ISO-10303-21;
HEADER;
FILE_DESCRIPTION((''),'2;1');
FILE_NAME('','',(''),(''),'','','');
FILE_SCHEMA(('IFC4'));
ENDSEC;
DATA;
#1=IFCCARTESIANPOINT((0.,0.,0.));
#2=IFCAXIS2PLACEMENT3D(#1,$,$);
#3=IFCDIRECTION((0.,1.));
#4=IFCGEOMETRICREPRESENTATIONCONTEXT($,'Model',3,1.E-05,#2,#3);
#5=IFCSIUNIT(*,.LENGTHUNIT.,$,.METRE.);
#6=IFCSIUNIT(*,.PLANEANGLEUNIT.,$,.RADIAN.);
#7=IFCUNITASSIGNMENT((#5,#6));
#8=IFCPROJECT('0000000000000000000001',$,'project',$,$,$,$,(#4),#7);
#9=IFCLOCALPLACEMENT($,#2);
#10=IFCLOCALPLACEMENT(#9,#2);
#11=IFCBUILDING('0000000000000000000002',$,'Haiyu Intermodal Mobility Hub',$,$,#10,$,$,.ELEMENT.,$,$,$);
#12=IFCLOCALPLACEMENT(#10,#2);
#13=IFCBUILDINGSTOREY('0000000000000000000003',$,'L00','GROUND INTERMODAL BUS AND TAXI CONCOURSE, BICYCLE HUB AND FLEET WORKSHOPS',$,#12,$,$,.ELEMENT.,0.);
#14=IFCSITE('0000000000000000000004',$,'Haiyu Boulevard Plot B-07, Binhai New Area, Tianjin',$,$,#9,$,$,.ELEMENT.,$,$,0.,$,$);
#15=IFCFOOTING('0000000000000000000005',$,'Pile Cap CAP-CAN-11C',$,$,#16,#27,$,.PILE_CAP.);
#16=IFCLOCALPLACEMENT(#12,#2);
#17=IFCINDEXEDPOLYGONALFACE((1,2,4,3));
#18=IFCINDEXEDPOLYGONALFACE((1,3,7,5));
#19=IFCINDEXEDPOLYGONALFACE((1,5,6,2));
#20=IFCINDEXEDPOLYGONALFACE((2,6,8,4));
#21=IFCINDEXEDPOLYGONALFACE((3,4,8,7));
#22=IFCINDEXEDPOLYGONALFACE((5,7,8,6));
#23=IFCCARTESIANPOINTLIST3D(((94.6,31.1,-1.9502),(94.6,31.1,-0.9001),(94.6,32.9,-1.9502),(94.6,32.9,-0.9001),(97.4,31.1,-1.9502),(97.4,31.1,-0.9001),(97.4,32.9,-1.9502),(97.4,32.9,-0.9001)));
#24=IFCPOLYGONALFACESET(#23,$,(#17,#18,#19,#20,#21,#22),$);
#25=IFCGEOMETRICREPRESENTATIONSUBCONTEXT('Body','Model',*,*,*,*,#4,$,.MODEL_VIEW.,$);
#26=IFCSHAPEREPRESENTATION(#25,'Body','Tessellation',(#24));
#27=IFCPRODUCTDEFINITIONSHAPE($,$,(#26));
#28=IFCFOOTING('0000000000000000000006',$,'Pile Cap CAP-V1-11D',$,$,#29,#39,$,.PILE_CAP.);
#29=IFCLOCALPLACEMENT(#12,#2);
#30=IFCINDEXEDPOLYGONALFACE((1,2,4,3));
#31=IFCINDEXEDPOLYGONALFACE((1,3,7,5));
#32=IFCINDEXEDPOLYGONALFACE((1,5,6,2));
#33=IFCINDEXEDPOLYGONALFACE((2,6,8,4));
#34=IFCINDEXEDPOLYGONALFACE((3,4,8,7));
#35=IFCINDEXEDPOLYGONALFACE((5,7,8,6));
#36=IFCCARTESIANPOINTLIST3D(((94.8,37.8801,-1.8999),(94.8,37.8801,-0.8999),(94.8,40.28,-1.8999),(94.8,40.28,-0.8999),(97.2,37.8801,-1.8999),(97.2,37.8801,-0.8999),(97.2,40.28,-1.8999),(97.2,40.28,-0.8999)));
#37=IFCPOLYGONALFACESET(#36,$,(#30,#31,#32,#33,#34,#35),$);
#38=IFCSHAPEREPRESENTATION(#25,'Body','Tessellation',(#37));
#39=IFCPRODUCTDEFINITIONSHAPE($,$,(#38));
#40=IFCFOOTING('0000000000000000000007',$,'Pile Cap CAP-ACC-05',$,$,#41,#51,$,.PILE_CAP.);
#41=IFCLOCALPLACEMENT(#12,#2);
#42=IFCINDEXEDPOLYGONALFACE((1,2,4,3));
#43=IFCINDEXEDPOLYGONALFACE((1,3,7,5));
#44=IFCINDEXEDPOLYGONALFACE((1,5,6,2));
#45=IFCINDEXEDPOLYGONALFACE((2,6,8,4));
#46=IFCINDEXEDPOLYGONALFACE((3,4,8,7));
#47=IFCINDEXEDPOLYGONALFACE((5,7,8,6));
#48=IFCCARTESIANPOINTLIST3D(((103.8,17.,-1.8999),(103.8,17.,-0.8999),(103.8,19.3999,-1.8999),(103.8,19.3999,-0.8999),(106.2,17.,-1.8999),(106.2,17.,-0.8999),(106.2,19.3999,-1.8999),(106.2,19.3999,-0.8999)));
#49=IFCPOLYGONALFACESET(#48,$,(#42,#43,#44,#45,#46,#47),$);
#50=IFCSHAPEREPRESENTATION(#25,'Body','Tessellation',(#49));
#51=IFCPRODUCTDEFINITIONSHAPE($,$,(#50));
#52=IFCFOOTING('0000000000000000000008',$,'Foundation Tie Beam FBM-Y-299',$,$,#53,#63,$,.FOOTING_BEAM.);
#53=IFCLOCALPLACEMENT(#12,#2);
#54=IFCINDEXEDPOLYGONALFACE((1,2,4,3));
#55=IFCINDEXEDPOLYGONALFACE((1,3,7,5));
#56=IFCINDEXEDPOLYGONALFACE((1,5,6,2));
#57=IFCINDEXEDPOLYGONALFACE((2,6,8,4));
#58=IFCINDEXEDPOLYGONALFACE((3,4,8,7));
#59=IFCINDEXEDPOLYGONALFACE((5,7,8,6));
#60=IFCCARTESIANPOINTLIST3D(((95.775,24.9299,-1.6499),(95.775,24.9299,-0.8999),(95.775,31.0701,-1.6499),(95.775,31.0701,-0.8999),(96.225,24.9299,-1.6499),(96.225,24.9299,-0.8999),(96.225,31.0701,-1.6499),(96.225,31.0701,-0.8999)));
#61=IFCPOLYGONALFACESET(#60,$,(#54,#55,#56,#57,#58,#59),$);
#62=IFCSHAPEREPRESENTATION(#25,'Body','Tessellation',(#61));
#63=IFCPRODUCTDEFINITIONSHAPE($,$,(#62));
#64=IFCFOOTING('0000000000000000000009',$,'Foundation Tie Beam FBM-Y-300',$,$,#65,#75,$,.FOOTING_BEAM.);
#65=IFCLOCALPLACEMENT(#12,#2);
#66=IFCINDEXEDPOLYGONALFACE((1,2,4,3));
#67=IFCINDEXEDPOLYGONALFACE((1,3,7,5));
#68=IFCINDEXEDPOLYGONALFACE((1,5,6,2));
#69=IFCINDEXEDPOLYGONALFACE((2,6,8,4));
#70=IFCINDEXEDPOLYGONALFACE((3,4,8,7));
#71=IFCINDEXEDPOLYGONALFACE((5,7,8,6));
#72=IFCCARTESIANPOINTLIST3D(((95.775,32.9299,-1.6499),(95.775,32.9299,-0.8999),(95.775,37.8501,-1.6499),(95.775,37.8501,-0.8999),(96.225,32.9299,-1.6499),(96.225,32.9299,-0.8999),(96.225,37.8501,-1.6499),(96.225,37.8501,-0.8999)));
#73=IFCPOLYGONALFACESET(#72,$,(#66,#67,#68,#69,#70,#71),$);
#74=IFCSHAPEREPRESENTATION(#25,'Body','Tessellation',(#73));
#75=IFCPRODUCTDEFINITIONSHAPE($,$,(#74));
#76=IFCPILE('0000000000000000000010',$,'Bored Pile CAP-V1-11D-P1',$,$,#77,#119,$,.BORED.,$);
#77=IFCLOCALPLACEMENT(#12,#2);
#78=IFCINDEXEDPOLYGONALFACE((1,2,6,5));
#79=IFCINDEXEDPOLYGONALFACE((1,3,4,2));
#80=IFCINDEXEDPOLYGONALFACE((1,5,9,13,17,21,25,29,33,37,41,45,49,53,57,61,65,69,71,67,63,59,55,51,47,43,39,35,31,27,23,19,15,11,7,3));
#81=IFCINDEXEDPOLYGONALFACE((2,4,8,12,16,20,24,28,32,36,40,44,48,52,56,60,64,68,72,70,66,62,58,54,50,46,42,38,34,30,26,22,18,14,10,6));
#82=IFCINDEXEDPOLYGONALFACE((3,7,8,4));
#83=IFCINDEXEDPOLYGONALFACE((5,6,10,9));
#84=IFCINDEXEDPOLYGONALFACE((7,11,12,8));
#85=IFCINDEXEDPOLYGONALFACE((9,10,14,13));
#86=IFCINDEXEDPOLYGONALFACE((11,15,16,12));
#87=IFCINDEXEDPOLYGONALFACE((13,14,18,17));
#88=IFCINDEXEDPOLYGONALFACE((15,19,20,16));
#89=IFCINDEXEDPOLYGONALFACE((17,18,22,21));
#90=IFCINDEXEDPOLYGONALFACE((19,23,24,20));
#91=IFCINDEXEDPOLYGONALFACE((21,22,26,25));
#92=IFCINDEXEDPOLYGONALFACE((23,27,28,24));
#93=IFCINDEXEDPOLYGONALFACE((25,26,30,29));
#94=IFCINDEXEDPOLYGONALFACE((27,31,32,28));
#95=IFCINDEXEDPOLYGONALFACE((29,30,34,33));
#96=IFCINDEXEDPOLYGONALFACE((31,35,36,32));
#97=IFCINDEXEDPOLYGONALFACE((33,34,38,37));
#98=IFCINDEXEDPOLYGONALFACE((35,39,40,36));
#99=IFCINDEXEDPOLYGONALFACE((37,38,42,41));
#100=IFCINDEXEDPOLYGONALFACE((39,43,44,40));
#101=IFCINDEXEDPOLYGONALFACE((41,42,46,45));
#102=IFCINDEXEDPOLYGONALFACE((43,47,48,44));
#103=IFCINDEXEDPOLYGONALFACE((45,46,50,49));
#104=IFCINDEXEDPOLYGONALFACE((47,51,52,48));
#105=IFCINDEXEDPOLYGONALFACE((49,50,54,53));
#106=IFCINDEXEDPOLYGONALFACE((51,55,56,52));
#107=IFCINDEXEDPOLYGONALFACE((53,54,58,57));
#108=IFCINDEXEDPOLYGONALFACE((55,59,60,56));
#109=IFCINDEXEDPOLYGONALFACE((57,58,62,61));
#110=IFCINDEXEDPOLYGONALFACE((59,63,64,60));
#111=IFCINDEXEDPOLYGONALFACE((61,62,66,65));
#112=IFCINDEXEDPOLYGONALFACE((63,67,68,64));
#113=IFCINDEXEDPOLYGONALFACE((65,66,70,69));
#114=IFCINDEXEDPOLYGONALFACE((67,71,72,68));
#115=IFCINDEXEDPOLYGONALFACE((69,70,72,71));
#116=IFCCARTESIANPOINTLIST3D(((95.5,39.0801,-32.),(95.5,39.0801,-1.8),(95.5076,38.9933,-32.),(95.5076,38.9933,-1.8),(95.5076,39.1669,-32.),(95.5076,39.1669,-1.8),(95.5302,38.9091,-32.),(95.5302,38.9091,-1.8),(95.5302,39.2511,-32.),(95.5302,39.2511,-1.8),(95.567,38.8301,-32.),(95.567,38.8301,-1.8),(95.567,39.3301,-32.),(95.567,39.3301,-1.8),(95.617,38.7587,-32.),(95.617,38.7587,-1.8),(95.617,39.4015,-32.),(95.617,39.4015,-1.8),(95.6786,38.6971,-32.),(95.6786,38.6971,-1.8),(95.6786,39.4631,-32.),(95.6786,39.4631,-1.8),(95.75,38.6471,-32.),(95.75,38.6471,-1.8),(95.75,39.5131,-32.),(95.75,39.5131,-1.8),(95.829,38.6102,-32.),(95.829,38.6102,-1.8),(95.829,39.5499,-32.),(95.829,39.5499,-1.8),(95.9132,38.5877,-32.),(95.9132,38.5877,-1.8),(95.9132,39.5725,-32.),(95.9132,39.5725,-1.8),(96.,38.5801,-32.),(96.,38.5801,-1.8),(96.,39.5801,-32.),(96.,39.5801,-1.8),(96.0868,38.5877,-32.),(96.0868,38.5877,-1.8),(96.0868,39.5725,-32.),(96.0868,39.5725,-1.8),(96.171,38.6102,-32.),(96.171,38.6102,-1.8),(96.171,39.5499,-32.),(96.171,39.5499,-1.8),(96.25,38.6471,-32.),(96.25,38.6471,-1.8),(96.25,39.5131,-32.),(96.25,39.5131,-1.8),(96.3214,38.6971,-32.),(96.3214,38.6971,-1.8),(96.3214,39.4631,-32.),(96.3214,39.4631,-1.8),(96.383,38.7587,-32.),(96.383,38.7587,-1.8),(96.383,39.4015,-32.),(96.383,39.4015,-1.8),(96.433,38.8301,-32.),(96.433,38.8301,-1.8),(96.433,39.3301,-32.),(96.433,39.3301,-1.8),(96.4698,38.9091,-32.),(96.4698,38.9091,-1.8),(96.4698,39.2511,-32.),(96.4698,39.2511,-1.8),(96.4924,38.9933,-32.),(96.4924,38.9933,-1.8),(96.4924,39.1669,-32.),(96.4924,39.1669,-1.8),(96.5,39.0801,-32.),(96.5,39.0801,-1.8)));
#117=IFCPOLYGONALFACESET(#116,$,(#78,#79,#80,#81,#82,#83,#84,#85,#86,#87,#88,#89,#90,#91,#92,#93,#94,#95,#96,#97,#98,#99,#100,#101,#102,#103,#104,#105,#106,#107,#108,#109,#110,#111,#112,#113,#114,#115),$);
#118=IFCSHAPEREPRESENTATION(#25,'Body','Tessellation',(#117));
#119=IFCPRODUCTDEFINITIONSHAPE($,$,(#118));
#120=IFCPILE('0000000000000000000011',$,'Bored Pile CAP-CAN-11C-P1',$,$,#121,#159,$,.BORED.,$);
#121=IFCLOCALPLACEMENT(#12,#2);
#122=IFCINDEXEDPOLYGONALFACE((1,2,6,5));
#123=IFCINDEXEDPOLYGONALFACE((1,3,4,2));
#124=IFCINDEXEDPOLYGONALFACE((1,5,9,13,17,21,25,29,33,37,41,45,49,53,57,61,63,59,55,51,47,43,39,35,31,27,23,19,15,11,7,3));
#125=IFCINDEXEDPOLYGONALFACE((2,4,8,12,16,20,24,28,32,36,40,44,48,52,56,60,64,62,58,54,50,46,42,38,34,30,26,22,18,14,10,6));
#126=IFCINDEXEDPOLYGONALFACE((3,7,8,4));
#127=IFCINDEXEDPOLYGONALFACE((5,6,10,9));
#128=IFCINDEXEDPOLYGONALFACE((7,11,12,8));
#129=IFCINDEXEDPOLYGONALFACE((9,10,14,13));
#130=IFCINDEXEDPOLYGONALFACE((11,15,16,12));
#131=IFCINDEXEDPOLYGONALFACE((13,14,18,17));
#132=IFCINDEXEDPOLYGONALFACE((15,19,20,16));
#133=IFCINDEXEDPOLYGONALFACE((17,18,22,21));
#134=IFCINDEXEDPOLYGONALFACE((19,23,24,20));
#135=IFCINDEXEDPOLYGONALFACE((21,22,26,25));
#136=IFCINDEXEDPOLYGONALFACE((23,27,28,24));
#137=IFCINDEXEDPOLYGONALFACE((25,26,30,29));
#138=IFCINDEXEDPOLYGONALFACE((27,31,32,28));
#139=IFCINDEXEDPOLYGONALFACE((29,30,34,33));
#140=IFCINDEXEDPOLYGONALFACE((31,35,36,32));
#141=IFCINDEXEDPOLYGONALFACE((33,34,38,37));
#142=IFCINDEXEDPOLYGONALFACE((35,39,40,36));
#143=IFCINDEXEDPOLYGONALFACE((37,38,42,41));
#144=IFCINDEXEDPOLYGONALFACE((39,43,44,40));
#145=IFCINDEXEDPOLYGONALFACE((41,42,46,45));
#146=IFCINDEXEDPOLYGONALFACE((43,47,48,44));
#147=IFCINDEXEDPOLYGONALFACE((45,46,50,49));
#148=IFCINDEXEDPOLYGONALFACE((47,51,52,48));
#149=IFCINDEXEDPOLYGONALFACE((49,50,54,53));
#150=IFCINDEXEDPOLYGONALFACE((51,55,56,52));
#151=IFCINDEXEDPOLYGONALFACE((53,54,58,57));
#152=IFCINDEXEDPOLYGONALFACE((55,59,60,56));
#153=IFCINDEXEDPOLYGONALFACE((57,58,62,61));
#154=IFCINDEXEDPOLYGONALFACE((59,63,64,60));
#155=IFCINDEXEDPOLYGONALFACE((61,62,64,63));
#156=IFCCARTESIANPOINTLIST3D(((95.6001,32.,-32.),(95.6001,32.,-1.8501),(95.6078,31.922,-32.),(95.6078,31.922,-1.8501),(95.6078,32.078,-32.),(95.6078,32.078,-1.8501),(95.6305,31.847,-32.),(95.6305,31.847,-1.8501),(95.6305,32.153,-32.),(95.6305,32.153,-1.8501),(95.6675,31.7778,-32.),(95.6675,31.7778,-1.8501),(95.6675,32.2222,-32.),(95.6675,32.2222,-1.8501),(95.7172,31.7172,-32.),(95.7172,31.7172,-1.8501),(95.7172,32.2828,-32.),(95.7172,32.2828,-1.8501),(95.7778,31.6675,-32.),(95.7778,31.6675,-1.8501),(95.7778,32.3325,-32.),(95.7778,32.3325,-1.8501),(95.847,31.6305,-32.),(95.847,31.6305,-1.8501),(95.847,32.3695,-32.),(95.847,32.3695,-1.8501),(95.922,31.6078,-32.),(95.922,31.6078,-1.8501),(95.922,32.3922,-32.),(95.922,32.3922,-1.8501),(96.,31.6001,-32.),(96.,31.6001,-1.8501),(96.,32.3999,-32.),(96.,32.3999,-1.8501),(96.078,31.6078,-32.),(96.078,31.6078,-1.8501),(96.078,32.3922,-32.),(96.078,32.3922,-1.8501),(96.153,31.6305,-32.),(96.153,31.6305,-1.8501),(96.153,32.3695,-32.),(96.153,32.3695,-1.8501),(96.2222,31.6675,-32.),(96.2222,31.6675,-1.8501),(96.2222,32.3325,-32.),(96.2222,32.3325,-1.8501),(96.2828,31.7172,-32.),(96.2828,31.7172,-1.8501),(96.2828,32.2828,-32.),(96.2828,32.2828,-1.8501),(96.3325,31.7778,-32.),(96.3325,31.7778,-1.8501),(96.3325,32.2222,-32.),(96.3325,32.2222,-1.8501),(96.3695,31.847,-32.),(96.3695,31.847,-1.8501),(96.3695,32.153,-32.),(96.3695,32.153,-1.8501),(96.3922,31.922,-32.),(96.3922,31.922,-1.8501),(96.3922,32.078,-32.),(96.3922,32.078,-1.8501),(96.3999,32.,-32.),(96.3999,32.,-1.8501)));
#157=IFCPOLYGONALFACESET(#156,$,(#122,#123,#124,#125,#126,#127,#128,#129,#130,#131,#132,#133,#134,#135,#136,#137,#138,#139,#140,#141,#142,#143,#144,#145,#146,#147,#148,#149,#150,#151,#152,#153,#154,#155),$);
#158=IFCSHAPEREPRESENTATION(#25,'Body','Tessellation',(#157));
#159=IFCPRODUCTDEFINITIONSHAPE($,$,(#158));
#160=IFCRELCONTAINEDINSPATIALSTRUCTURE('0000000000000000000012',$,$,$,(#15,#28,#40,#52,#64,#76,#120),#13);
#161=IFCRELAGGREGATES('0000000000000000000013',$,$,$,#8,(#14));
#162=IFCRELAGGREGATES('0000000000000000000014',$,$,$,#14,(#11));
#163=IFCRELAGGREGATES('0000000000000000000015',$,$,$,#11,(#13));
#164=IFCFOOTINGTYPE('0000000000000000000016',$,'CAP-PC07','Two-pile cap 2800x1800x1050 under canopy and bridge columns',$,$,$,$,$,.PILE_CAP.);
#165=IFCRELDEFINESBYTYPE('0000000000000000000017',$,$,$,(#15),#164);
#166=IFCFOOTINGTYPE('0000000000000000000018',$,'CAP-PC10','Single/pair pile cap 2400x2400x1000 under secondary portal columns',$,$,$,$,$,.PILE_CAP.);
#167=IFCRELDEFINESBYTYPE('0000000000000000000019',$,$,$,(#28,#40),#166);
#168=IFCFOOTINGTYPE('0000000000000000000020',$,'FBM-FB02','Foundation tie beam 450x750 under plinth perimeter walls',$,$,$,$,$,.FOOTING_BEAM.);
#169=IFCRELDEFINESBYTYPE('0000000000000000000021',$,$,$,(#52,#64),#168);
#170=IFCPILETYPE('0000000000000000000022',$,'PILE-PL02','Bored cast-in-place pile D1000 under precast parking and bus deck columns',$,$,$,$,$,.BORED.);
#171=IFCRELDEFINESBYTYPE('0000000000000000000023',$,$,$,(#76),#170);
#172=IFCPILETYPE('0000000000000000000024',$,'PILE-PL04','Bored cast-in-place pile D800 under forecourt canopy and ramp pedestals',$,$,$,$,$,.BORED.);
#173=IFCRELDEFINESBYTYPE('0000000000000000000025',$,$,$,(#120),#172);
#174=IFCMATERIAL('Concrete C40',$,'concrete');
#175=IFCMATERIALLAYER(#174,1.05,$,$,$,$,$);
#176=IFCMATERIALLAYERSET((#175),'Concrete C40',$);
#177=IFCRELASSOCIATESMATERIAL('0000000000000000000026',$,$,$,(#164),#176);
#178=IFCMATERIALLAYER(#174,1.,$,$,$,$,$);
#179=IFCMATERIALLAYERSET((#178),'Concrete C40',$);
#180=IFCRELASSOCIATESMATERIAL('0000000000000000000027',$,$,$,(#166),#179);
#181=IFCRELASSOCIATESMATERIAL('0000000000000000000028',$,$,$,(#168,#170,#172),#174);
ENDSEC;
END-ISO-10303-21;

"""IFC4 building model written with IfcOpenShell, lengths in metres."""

from ifc_helpers import new_model, si_unit, direction, frame, origin, origin_2d, place, context, subcontext, project, spatial, rectangle, circle, extrude, material, layer, layer_set, material_profile, profile_set, type_object, element, save


model = new_model("IFC4")

# Units and contexts
model_context = context("Model", 3, precision=1e-05, world=origin(), true_north=direction((0.0, 1.0)))
body_context = subcontext(model_context, "Body", "Model", "MODEL_VIEW")
ifc_project = project(units=[si_unit("LENGTHUNIT", "METRE"), si_unit("PLANEANGLEUNIT", "RADIAN")], contexts=[model_context])

# Site, building, storey
site_placement = place(None, origin())
site = spatial("IfcSite", under=ifc_project, at=site_placement, Name="Haiyu Boulevard Plot B-07, Binhai New Area, Tianjin", CompositionType="ELEMENT", RefElevation=0.0)
building_placement = place(site_placement, origin())
building = spatial("IfcBuilding", under=site, at=building_placement, Name="Haiyu Intermodal Mobility Hub", CompositionType="ELEMENT")
storey_placement = place(building_placement, origin())
storey = spatial("IfcBuildingStorey", under=building, at=storey_placement, Name="L00", Description="GROUND INTERMODAL BUS AND TAXI CONCOURSE, BICYCLE HUB AND FLEET WORKSHOPS", CompositionType="ELEMENT", Elevation=0.0)

# Footings
ifc_material_1 = material(Name="Concrete C40", Category="concrete")
ifc_layer_1 = layer(ifc_material_1, 1.05)
ifc_layer_set_1 = layer_set([ifc_layer_1], Name="Concrete C40")
footing_type_1 = type_object("IfcFootingType", Name="CAP-PC07", Description="Two-pile cap 2800x1800x1050 under canopy and bridge columns", PredefinedType="PILE_CAP", material=ifc_layer_set_1)
footing_1_placement = place(storey_placement, frame((96.0, 32.0, -1.9502), z_axis=(0.0, 0.0, 1.0), x_axis=(1.0, 0.0, 0.0)))
element("IfcFooting", 1, at=footing_1_placement, inside=storey, type_object=footing_type_1, Name="Pile Cap CAP-CAN-11C", PredefinedType="PILE_CAP", context=body_context, shape_type="SweptSolid", body=[
    extrude(rectangle(XDim=2.8, YDim=1.8, at=origin_2d()), origin(), (0.0, 0.0, 1.0), 1.05),
])
ifc_layer_2 = layer(ifc_material_1, 1.0)
ifc_layer_set_2 = layer_set([ifc_layer_2], Name="Concrete C40")
footing_type_2 = type_object("IfcFootingType", Name="CAP-PC10", Description="Single/pair pile cap 2400x2400x1000 under secondary portal columns", PredefinedType="PILE_CAP", material=ifc_layer_set_2)
for number, where, z_axis, x_axis, name in (
    (2, (96.0, 39.0801, -1.8999), (0.0, 0.0, 1.0), (1.0, 0.0, 0.0), "Pile Cap CAP-V1-11D"),
    (3, (105.0, 18.2, -1.8999), (0.0, 0.0, 1.0), (1.0, 0.0, 0.0), "Pile Cap CAP-ACC-05"),
):
    element("IfcFooting", number, at=place(storey_placement, frame(where, z_axis=z_axis, x_axis=x_axis)), inside=storey, type_object=footing_type_2, Name=name, PredefinedType="PILE_CAP", context=body_context, shape_type="SweptSolid", body=[
        extrude(rectangle(XDim=2.3999, YDim=2.3999, at=origin_2d()), origin(), (0.0, 0.0, 1.0), 1.0),
    ])
ifc_material_profile_1 = material_profile(ifc_material_1, rectangle(XDim=0.45, YDim=0.75, at=origin_2d()), Name="FB450x750")
ifc_profile_set_1 = profile_set([ifc_material_profile_1], Name="Concrete C40")
footing_type_3 = type_object("IfcFootingType", Name="FBM-FB02", Description="Foundation tie beam 450x750 under plinth perimeter walls", PredefinedType="FOOTING_BEAM", material=ifc_profile_set_1)
footing_2_placement = place(storey_placement, frame((96.0, 24.9299, -1.2749), z_axis=(0.0, 1.0, 0.0), x_axis=(-1.0, 0.0, 0.0)))
element("IfcFooting", 4, at=footing_2_placement, inside=storey, type_object=footing_type_3, Name="Foundation Tie Beam FBM-Y-299", PredefinedType="FOOTING_BEAM", context=body_context, shape_type="SweptSolid", body=[
    extrude(rectangle(XDim=0.45, YDim=0.75, at=origin_2d()), origin(), (0.0, 0.0, 1.0), 6.1401),
])
footing_3_placement = place(storey_placement, frame((96.0, 32.9299, -1.2749), z_axis=(0.0, 1.0, 0.0), x_axis=(-1.0, 0.0, 0.0)))
element("IfcFooting", 5, at=footing_3_placement, inside=storey, type_object=footing_type_3, Name="Foundation Tie Beam FBM-Y-300", PredefinedType="FOOTING_BEAM", context=body_context, shape_type="SweptSolid", body=[
    extrude(rectangle(XDim=0.45, YDim=0.75, at=origin_2d()), origin(), (0.0, 0.0, 1.0), 4.9202),
])

# Piles
ifc_material_profile_2 = material_profile(ifc_material_1, circle(Radius=0.5, at=origin_2d()), Name="PILE-D1000")
ifc_profile_set_2 = profile_set([ifc_material_profile_2], Name="Concrete C40")
pile_type_1 = type_object("IfcPileType", Name="PILE-PL02", Description="Bored cast-in-place pile D1000 under precast parking and bus deck columns", PredefinedType="BORED", material=ifc_profile_set_2)
pile_1_placement = place(storey_placement, frame((96.0, 39.0801, -1.8), z_axis=(0.0, 0.0, -1.0), x_axis=(1.0, 0.0, 0.0)))
element("IfcPile", 6, at=pile_1_placement, inside=storey, type_object=pile_type_1, Name="Bored Pile CAP-V1-11D-P1", PredefinedType="BORED", context=body_context, shape_type="SweptSolid", body=[
    extrude(circle(Radius=0.5, at=origin_2d()), origin(), (0.0, 0.0, 1.0), 30.2),
])
ifc_material_profile_3 = material_profile(ifc_material_1, circle(Radius=0.3999, at=origin_2d()), Name="PILE-D800")
ifc_profile_set_3 = profile_set([ifc_material_profile_3], Name="Concrete C40")
pile_type_2 = type_object("IfcPileType", Name="PILE-PL04", Description="Bored cast-in-place pile D800 under forecourt canopy and ramp pedestals", PredefinedType="BORED", material=ifc_profile_set_3)
pile_2_placement = place(storey_placement, frame((96.0, 32.0, -1.8501), z_axis=(0.0, 0.0, -1.0), x_axis=(1.0, 0.0, 0.0)))
element("IfcPile", 7, at=pile_2_placement, inside=storey, type_object=pile_type_2, Name="Bored Pile CAP-CAN-11C-P1", PredefinedType="BORED", context=body_context, shape_type="SweptSolid", body=[
    extrude(circle(Radius=0.3999, at=origin_2d()), origin(), (0.0, 0.0, 1.0), 30.1499),
])

save(model, "model.ifc")
